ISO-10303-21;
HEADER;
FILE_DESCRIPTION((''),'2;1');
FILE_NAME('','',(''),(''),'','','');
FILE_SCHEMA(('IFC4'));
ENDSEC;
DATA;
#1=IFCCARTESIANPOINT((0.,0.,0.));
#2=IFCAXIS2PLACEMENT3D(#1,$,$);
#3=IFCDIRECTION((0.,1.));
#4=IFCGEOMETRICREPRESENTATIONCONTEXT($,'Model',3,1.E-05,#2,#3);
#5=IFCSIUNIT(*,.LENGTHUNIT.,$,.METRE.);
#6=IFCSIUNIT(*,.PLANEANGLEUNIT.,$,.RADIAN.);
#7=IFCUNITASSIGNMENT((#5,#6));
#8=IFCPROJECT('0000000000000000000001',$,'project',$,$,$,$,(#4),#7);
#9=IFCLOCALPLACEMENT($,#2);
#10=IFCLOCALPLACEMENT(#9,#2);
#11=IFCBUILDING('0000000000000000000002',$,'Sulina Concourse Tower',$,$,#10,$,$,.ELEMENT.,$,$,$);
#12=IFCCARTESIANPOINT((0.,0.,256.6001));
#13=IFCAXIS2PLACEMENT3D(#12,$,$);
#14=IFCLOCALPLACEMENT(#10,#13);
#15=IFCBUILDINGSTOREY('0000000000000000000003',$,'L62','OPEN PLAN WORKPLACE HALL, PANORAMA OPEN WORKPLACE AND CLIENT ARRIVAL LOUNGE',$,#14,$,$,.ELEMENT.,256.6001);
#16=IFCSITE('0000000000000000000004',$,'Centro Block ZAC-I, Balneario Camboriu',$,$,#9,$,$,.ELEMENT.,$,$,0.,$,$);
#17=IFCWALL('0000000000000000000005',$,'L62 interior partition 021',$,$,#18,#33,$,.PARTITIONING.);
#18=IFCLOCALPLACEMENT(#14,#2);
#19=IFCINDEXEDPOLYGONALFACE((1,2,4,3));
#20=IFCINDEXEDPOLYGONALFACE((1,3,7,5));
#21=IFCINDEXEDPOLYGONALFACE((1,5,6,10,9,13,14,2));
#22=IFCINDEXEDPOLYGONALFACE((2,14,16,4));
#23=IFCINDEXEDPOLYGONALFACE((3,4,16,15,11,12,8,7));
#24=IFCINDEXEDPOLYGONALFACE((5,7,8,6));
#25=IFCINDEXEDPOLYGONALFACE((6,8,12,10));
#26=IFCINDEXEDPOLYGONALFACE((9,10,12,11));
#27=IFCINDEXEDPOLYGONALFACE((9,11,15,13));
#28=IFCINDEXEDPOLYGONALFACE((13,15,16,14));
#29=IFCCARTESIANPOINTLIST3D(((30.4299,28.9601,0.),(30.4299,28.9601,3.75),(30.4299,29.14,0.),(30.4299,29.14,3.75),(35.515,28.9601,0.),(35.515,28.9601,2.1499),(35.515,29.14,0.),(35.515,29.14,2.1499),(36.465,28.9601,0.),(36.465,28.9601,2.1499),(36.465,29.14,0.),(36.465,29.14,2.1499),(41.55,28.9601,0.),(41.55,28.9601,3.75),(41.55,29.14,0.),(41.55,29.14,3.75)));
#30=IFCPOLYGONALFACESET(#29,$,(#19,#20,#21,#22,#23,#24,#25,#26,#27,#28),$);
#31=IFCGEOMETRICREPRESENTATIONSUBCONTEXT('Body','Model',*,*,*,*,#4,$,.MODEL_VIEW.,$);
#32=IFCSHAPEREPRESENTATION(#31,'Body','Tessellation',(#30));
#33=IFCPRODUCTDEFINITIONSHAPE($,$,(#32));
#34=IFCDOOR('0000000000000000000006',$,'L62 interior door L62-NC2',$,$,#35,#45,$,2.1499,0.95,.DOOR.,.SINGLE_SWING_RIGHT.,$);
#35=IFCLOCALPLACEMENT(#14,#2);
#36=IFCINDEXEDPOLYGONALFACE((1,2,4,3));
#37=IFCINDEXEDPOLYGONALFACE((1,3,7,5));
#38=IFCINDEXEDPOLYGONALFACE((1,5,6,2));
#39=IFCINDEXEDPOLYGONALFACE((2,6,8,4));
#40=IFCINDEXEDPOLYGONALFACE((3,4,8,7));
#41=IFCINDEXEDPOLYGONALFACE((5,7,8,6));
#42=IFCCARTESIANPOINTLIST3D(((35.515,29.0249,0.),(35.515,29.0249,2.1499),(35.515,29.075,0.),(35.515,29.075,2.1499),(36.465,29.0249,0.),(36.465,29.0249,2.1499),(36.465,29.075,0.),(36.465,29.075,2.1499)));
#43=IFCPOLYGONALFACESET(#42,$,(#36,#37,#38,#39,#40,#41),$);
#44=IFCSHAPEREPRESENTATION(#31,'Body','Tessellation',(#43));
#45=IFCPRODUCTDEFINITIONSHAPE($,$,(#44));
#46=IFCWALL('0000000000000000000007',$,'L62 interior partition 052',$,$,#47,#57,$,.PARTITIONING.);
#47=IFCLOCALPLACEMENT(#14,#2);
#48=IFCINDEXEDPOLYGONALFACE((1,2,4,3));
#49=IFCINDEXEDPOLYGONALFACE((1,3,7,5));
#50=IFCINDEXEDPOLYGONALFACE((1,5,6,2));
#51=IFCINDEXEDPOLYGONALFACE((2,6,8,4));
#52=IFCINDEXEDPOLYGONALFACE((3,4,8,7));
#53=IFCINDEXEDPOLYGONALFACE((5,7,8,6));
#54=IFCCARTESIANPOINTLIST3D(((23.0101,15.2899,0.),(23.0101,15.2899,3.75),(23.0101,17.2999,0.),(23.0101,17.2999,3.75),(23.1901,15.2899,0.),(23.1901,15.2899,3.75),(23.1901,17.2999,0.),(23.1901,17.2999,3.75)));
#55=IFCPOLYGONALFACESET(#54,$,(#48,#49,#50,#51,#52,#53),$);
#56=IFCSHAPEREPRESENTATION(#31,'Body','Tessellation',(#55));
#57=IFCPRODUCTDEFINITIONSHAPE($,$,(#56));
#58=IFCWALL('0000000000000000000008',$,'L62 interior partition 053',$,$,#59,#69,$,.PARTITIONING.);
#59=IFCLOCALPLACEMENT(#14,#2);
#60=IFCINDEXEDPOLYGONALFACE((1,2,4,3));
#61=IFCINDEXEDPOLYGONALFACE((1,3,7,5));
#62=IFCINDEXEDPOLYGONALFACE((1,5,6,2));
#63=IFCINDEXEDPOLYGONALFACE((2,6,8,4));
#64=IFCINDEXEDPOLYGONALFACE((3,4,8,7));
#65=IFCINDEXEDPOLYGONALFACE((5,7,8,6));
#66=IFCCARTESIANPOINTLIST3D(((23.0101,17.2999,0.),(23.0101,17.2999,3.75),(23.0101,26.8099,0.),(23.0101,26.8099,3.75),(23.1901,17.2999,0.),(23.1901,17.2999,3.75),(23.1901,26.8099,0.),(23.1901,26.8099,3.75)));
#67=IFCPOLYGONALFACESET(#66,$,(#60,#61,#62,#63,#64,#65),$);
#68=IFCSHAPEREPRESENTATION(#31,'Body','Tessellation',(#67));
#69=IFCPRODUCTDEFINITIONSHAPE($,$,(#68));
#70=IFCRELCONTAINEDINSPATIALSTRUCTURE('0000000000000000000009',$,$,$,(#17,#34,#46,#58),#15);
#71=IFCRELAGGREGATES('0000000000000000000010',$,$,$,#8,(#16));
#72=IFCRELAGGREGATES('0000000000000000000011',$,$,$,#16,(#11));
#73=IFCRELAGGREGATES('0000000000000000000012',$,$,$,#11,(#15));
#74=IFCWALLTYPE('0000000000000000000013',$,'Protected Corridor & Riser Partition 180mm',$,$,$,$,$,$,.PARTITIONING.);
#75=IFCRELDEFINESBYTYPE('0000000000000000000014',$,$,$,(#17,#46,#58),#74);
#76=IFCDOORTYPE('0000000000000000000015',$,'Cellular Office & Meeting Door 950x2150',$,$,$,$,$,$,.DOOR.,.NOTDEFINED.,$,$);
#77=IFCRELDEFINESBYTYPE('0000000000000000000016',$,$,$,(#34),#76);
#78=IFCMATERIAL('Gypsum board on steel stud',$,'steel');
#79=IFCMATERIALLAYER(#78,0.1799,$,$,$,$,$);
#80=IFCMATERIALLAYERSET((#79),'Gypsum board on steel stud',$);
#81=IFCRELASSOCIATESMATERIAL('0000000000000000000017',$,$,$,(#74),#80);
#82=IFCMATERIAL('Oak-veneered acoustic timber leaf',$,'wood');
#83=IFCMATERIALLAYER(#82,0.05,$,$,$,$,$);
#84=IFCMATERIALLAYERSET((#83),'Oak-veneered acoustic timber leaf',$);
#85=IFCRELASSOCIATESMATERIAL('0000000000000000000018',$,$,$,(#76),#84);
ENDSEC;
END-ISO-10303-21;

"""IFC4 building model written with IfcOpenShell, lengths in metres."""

from ifc_helpers import new_model, si_unit, direction, frame, frame_2d, origin, place, context, subcontext, project, spatial, rectangle, extrude, material, layer, layer_set, type_object, element, fill, save


model = new_model("IFC4")

# Units and contexts
model_context = context("Model", 3, precision=1e-05, world=origin(), true_north=direction((0.0, 1.0)))
body_context = subcontext(model_context, "Body", "Model", "MODEL_VIEW")
ifc_project = project(units=[si_unit("LENGTHUNIT", "METRE"), si_unit("PLANEANGLEUNIT", "RADIAN")], contexts=[model_context])

# Site, building, storey
site_placement = place(None, origin())
site = spatial("IfcSite", under=ifc_project, at=site_placement, Name="Centro Block ZAC-I, Balneario Camboriu", CompositionType="ELEMENT", RefElevation=0.0)
building_placement = place(site_placement, origin())
building = spatial("IfcBuilding", under=site, at=building_placement, Name="Sulina Concourse Tower", CompositionType="ELEMENT")
storey_placement = place(building_placement, frame((0.0, 0.0, 256.6001)))
storey = spatial("IfcBuildingStorey", under=building, at=storey_placement, Name="L62", Description="OPEN PLAN WORKPLACE HALL, PANORAMA OPEN WORKPLACE AND CLIENT ARRIVAL LOUNGE", CompositionType="ELEMENT", Elevation=256.6001)

# Wall, opening, door
ifc_material_1 = material(Name="Gypsum board on steel stud", Category="steel")
ifc_layer_1 = layer(ifc_material_1, 0.1799)
ifc_layer_set_1 = layer_set([ifc_layer_1], Name="Gypsum board on steel stud")
wall_type_1 = type_object("IfcWallType", Name="Protected Corridor & Riser Partition 180mm", PredefinedType="PARTITIONING", material=ifc_layer_set_1)
wall_1_placement = place(storey_placement, frame((30.4299, 29.05, 0.0), z_axis=(0.0, 0.0, 1.0), x_axis=(1.0, 0.0, 0.0)))
wall_1 = element("IfcWall", 1, at=wall_1_placement, inside=storey, type_object=wall_type_1, Name="L62 interior partition 021", PredefinedType="PARTITIONING", context=body_context, shape_type="SweptSolid", body=[
    extrude(rectangle(XDim=11.1201, YDim=0.1799, at=frame_2d((5.5601, 0.0))), origin(), (0.0, 0.0, 1.0), 3.75),
])
opening_1_placement = place(wall_1_placement, frame((5.085, 0.0, 0.0)))
opening_1 = element("IfcOpeningElement", 2, at=opening_1_placement, cuts=wall_1, PredefinedType="OPENING", context=body_context, shape_type="SweptSolid", body=[
    extrude(rectangle(XDim=0.95, YDim=2.1499, at=frame_2d((0.4751, 1.075))), frame((0.0, 0.0999, 0.0), z_axis=(0.0, -1.0, 0.0), x_axis=(1.0, 0.0, 0.0)), (0.0, 0.0, 1.0), 0.2),
])
ifc_material_2 = material(Name="Oak-veneered acoustic timber leaf", Category="wood")
ifc_layer_2 = layer(ifc_material_2, 0.05)
ifc_layer_set_2 = layer_set([ifc_layer_2], Name="Oak-veneered acoustic timber leaf")
door_type_1 = type_object("IfcDoorType", Name="Cellular Office & Meeting Door 950x2150", OperationType="NOTDEFINED", PredefinedType="DOOR", material=ifc_layer_set_2)
door_1_placement = place(opening_1_placement, origin())
door_1 = element("IfcDoor", 3, at=door_1_placement, inside=storey, type_object=door_type_1, Name="L62 interior door L62-NC2", OperationType="SINGLE_SWING_RIGHT", OverallHeight=2.1499, OverallWidth=0.95, PredefinedType="DOOR", context=body_context, shape_type="SweptSolid", body=[
    extrude(rectangle(XDim=0.95, YDim=2.1499, at=frame_2d((0.4751, 1.075))), frame((0.0, 0.0249, 0.0), z_axis=(0.0, -1.0, 0.0), x_axis=(1.0, 0.0, 0.0)), (0.0, 0.0, 1.0), 0.05),
])
fill(opening_1, door_1)

# Walls
wall_2_placement = place(storey_placement, frame((23.1001, 15.29, 0.0), z_axis=(0.0, 0.0, 1.0), x_axis=(0.0, 1.0, 0.0)))
element("IfcWall", 4, at=wall_2_placement, inside=storey, type_object=wall_type_1, Name="L62 interior partition 052", PredefinedType="PARTITIONING", context=body_context, shape_type="SweptSolid", body=[
    extrude(rectangle(XDim=2.01, YDim=0.1799, at=frame_2d((1.0049, 0.0))), origin(), (0.0, 0.0, 1.0), 3.75),
])
wall_3_placement = place(storey_placement, frame((23.1001, 17.3, 0.0), z_axis=(0.0, 0.0, 1.0), x_axis=(0.0, 1.0, 0.0)))
element("IfcWall", 5, at=wall_3_placement, inside=storey, type_object=wall_type_1, Name="L62 interior partition 053", PredefinedType="PARTITIONING", context=body_context, shape_type="SweptSolid", body=[
    extrude(rectangle(XDim=9.51, YDim=0.1799, at=frame_2d((4.7549, 0.0))), origin(), (0.0, 0.0, 1.0), 3.75),
])

save(model, "model.ifc")
